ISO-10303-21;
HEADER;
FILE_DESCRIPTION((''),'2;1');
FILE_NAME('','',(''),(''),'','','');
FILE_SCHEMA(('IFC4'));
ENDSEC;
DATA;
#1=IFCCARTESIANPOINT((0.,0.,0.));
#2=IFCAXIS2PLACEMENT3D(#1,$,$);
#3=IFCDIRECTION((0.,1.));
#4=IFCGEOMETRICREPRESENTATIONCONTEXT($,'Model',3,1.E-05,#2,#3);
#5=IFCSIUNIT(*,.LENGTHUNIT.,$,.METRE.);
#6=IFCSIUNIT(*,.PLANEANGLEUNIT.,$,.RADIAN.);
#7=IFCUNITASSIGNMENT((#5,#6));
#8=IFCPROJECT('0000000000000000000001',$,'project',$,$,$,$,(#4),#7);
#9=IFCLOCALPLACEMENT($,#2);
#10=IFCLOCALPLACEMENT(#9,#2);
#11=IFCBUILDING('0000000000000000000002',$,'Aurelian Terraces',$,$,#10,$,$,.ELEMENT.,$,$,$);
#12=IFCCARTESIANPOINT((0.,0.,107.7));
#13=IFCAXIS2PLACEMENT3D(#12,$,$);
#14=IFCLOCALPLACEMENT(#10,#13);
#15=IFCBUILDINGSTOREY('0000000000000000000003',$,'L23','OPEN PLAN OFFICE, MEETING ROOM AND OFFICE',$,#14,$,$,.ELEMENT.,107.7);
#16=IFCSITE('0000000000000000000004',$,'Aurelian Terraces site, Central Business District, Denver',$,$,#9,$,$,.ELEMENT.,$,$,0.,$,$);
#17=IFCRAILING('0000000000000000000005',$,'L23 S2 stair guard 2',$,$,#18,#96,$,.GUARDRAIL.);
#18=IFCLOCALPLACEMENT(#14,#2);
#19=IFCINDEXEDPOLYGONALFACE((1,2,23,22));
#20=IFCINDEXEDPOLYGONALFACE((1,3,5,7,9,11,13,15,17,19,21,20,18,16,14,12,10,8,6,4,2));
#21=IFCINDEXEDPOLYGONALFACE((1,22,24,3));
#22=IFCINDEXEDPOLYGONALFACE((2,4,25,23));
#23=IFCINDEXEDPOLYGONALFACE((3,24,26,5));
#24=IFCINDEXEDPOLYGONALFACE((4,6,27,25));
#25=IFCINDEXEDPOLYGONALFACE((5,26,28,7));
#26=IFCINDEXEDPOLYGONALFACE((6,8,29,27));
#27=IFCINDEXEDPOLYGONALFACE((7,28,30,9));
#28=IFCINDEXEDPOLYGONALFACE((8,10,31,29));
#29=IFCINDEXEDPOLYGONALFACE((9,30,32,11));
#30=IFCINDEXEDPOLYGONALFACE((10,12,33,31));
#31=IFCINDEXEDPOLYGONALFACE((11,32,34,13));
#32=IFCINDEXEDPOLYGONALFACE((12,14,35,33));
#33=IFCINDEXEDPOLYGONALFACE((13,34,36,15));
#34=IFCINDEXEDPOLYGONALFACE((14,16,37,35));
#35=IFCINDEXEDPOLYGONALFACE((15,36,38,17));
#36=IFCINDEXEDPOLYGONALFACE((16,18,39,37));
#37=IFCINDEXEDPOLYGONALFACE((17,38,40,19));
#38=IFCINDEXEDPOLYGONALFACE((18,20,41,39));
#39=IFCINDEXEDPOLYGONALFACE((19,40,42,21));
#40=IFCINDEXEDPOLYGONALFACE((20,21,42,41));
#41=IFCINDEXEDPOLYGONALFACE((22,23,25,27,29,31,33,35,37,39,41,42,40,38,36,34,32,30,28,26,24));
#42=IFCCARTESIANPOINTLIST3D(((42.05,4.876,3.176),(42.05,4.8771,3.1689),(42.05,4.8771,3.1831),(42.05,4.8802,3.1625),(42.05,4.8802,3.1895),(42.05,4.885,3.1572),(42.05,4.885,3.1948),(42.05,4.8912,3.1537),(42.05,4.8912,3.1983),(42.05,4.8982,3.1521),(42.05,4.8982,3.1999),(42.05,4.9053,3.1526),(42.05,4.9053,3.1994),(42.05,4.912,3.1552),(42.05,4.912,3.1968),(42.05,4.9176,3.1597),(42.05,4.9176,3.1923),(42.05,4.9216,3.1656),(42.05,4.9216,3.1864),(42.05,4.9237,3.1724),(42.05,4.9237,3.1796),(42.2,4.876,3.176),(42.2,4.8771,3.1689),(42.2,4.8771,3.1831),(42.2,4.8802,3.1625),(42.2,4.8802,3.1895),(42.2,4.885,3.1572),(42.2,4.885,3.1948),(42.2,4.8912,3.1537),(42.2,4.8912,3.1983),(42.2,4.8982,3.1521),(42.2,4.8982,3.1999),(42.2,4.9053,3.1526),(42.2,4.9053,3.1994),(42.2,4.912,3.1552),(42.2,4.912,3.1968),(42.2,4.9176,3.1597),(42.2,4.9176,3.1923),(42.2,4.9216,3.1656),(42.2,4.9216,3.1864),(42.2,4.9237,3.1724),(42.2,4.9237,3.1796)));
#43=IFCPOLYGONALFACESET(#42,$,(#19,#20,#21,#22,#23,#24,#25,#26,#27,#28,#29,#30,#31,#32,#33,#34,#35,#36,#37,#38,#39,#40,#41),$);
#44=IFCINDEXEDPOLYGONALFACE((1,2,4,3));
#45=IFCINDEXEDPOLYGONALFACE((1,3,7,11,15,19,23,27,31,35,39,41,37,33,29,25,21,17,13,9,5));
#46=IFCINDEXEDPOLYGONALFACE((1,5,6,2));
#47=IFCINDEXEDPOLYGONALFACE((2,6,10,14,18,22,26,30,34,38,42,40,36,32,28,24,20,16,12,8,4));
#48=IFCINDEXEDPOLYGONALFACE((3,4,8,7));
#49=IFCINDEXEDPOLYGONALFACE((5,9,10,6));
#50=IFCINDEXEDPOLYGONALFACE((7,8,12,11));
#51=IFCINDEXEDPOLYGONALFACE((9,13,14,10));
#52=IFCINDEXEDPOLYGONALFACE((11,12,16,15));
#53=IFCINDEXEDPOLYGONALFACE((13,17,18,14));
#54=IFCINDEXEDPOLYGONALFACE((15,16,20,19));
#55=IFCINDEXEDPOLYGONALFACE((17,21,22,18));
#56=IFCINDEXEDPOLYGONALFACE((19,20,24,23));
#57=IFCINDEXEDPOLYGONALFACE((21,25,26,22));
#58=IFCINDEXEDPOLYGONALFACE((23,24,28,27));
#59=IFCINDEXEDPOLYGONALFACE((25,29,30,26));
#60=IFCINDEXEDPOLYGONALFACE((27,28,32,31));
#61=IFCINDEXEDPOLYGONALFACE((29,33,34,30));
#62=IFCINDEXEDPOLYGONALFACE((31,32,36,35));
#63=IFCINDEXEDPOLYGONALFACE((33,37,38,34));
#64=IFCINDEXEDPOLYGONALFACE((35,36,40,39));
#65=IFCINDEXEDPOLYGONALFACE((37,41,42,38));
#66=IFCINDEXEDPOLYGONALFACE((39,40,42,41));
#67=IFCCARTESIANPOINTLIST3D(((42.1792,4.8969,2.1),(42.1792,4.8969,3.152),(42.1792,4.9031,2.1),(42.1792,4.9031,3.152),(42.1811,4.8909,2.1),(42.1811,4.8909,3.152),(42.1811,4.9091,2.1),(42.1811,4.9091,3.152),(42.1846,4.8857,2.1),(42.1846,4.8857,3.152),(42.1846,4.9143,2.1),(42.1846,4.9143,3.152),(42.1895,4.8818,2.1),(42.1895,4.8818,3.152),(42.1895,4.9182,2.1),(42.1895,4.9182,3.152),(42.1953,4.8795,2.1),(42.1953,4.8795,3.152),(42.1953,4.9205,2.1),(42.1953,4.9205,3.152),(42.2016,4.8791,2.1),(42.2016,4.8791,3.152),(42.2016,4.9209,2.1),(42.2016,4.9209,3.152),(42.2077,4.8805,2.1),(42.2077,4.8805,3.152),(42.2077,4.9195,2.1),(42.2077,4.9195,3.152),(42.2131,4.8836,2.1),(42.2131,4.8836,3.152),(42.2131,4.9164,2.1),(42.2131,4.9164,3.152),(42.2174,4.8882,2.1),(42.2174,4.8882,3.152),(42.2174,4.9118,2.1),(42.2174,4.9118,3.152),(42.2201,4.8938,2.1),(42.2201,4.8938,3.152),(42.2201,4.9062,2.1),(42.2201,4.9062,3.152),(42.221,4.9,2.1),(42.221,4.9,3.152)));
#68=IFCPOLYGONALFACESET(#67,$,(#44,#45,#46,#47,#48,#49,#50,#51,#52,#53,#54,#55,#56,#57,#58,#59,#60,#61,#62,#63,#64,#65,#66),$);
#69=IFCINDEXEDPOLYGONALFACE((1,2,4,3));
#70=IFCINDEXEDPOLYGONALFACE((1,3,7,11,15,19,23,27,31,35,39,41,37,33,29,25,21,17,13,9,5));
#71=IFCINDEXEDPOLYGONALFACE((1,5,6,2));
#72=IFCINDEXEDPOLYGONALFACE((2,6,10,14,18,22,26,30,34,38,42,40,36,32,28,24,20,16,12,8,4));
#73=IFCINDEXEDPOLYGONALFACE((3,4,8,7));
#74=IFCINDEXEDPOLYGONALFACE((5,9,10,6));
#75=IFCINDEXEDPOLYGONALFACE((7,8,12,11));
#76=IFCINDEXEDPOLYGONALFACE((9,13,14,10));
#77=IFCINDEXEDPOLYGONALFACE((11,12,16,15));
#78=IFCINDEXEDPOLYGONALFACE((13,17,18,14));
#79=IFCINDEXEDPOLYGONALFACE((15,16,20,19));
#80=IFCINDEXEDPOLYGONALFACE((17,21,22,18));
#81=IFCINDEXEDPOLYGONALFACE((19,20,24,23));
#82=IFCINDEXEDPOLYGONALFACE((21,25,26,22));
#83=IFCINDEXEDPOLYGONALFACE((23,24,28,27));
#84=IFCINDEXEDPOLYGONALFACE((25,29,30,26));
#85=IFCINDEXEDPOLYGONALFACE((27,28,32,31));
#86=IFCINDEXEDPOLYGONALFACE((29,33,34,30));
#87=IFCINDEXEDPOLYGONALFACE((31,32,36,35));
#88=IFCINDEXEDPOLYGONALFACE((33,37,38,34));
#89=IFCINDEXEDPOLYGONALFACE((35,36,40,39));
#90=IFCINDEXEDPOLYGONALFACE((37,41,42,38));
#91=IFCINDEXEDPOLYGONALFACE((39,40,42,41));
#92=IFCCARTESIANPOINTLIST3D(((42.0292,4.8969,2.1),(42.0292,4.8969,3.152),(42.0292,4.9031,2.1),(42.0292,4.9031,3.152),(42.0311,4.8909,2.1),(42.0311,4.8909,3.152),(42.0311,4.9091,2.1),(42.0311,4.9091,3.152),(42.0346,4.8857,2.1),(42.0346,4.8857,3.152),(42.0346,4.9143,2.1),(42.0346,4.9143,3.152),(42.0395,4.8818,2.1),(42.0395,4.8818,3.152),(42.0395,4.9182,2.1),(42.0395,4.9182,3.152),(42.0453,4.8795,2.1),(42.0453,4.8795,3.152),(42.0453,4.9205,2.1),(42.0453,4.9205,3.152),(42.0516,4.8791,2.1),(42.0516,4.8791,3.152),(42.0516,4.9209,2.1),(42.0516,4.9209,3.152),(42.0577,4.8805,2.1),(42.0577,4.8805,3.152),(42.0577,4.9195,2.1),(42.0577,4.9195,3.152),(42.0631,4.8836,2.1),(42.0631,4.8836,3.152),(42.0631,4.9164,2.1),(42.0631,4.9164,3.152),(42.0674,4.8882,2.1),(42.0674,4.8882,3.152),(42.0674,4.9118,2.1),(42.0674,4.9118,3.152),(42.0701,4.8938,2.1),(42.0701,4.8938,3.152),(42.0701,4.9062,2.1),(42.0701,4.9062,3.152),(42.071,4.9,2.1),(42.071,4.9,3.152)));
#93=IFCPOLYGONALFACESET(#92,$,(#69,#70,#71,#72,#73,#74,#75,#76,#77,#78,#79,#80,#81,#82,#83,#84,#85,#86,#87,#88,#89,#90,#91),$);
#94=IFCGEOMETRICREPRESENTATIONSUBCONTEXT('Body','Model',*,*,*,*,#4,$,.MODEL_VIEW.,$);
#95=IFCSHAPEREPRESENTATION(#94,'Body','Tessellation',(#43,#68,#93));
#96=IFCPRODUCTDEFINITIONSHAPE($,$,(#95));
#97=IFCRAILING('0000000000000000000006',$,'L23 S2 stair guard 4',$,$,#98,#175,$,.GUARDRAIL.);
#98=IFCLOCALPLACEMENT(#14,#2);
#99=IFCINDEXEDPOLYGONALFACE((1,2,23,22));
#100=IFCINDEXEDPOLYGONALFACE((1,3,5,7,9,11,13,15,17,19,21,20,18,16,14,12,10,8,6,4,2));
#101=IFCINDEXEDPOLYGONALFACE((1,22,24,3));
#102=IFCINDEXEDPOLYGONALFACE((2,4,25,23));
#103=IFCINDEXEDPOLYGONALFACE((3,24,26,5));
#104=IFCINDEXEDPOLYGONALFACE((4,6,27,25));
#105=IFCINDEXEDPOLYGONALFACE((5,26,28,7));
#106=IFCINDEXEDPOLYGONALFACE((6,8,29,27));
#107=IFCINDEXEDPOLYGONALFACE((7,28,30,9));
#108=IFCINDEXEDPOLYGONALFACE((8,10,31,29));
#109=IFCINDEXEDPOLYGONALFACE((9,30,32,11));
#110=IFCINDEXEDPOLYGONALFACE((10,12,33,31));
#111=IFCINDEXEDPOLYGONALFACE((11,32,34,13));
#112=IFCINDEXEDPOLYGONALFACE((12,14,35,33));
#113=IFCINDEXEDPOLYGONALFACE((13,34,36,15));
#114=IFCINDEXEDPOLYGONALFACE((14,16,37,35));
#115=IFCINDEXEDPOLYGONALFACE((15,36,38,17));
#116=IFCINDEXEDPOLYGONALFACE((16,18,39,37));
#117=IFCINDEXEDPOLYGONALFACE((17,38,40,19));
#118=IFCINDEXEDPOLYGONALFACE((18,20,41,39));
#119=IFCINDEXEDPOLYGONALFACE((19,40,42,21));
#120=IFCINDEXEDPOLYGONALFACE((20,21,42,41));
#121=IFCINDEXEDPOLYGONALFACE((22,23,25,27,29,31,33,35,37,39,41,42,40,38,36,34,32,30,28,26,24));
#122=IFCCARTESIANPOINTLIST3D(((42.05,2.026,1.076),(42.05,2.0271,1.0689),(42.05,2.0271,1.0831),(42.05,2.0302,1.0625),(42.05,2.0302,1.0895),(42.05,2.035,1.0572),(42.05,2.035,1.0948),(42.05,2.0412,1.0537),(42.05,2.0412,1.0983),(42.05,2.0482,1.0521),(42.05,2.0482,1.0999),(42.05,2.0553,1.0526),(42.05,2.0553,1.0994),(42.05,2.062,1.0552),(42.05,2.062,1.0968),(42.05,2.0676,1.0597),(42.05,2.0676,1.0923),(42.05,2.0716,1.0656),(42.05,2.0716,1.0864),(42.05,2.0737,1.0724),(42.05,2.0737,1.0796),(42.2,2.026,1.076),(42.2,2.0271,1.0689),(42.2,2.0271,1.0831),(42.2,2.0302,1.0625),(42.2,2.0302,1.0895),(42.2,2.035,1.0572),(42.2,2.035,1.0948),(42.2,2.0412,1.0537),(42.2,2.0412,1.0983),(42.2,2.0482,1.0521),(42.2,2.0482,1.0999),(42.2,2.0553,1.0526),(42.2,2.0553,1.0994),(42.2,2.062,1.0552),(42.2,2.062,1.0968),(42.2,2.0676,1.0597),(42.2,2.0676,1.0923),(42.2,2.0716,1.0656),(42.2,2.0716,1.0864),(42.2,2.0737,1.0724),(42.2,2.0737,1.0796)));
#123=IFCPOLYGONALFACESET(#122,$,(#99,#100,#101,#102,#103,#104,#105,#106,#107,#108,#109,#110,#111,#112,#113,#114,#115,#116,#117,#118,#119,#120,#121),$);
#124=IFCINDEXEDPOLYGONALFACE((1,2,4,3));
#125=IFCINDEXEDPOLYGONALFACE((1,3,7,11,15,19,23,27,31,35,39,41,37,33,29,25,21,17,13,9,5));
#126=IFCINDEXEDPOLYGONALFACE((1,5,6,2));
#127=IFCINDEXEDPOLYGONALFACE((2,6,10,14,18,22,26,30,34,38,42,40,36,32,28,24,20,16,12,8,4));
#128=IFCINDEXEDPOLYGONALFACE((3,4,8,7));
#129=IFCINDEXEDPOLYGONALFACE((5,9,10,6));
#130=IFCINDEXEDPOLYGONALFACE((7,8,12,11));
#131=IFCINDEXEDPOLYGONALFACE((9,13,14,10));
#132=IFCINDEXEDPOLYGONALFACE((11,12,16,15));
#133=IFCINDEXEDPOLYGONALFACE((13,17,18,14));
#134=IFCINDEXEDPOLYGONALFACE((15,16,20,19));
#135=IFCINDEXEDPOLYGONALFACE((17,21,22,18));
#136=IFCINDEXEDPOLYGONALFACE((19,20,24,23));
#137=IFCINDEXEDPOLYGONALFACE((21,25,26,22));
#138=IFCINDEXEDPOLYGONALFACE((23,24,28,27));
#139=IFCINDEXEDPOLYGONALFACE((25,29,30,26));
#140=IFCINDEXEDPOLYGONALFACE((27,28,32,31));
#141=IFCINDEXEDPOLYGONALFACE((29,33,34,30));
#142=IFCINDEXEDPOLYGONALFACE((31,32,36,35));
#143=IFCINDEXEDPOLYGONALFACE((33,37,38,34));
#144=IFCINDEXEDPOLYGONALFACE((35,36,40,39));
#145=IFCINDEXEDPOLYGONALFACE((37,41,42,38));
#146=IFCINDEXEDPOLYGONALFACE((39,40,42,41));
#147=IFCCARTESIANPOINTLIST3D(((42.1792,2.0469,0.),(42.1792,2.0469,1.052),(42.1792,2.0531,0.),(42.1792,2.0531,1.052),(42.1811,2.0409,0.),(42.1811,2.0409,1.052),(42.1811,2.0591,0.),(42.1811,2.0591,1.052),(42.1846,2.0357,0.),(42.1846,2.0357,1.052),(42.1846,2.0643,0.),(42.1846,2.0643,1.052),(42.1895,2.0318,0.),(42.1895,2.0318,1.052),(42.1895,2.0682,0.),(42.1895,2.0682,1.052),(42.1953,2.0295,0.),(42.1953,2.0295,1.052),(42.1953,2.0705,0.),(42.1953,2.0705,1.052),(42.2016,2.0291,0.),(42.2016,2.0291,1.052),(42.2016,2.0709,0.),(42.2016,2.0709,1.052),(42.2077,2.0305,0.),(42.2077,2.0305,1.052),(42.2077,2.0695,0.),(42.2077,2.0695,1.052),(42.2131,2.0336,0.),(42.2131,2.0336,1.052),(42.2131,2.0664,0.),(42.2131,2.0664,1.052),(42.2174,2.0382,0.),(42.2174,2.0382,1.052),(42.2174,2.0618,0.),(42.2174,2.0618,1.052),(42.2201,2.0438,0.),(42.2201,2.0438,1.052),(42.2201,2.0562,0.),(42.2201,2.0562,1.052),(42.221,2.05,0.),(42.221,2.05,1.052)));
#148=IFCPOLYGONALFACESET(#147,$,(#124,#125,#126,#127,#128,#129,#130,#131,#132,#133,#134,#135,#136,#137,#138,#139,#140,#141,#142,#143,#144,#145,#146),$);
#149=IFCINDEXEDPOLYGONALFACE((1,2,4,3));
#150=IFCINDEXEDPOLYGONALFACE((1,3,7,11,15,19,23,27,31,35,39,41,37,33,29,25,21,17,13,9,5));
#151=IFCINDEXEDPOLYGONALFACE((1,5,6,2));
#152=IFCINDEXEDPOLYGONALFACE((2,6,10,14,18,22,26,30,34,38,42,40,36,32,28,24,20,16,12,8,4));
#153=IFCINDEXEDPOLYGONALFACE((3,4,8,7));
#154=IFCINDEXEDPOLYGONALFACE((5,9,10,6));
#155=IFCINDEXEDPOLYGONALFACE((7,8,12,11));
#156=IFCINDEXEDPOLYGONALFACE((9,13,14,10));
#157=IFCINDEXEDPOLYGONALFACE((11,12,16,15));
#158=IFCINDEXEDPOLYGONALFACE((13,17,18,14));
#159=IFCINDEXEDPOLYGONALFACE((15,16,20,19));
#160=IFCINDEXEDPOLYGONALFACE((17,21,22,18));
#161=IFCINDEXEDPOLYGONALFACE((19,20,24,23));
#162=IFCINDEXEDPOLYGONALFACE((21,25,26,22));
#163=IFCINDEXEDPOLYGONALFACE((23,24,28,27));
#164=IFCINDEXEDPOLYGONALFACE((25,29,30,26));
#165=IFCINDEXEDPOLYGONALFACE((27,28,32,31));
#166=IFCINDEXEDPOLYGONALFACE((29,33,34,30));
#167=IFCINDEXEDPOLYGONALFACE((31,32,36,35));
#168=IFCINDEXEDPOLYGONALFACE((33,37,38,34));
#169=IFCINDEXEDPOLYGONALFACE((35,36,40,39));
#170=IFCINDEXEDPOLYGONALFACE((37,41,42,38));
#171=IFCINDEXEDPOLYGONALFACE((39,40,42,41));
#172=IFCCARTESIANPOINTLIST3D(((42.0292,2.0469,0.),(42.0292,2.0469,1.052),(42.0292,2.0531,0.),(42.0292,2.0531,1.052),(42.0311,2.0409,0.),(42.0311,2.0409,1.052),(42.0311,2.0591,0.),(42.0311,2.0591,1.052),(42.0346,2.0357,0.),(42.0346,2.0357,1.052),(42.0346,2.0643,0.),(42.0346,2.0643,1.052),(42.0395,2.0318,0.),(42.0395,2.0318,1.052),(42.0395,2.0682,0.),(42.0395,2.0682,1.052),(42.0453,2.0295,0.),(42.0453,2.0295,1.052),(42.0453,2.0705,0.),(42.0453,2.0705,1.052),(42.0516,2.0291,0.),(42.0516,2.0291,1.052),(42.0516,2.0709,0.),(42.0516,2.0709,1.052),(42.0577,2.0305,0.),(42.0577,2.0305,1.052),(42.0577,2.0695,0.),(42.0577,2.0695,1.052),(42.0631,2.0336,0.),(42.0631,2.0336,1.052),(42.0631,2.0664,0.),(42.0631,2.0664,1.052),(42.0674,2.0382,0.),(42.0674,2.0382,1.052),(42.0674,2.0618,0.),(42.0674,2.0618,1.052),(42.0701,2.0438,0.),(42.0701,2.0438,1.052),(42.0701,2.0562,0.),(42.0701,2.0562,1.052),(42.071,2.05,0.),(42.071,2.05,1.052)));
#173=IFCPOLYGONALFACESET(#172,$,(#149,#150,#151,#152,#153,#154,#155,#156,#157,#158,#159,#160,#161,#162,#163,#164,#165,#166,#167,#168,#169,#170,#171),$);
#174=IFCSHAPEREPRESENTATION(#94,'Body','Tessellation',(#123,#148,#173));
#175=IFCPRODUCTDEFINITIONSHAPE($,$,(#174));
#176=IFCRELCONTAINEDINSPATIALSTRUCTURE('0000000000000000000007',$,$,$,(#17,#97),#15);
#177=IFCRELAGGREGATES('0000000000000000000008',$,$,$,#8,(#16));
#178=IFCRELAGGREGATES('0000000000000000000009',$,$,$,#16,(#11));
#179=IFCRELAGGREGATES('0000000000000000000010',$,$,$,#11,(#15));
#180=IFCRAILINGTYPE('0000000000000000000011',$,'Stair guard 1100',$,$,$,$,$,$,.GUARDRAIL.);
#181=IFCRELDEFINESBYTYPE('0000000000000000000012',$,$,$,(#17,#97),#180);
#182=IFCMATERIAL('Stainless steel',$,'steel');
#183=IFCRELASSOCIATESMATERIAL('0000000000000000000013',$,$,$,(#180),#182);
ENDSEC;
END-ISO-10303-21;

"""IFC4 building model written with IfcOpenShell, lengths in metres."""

from ifc_helpers import new_model, si_unit, direction, frame, origin, origin_2d, place, context, subcontext, project, spatial, circle, extrude, source, transform, mapped, material, type_object, element, save


model = new_model("IFC4")

# Units and contexts
model_context = context("Model", 3, precision=1e-05, world=origin(), true_north=direction((0.0, 1.0)))
body_context = subcontext(model_context, "Body", "Model", "MODEL_VIEW")
ifc_project = project(units=[si_unit("LENGTHUNIT", "METRE"), si_unit("PLANEANGLEUNIT", "RADIAN")], contexts=[model_context])

# Site, building, storey
site_placement = place(None, origin())
site = spatial("IfcSite", under=ifc_project, at=site_placement, Name="Aurelian Terraces site, Central Business District, Denver", CompositionType="ELEMENT", RefElevation=0.0)
building_placement = place(site_placement, origin())
building = spatial("IfcBuilding", under=site, at=building_placement, Name="Aurelian Terraces", CompositionType="ELEMENT")
storey_placement = place(building_placement, frame((0.0, 0.0, 107.7)))
storey = spatial("IfcBuildingStorey", under=building, at=storey_placement, Name="L23", Description="OPEN PLAN OFFICE, MEETING ROOM AND OFFICE", CompositionType="ELEMENT", Elevation=107.7)

# Railings
ifc_material_1 = material(Name="Stainless steel", Category="steel")
railing_type_1 = type_object("IfcRailingType", Name="Stair guard 1100", PredefinedType="GUARDRAIL", material=ifc_material_1)
shared_shape_1 = source(origin(), body_context, "Body", "SweptSolid", [
    extrude(circle(Radius=0.024, at=origin_2d()), frame((0.0, 0.0, 1.076), z_axis=(-1.0, 0.0, 0.0), x_axis=(0.0, -1.0, 0.0)), (0.0, 0.0, 1.0), 0.15),
    extrude(circle(Radius=0.021, at=origin_2d()), origin(), (0.0, 0.0, 1.0), 1.052),
    extrude(circle(Radius=0.021, at=origin_2d()), frame((-0.15, 0.0, 0.0)), (0.0, 0.0, 1.0), 1.052),
])
for number, where, name in (
    (1, (42.2, 4.9, 2.1), "L23 S2 stair guard 2"),
    (2, (42.2, 2.05, 0.0), "L23 S2 stair guard 4"),
):
    element("IfcRailing", number, at=place(storey_placement, frame(where)), inside=storey, type_object=railing_type_1, Name=name, PredefinedType="GUARDRAIL", context=body_context, shape_type="MappedRepresentation", body=[
        mapped(shared_shape_1, transform((0.0, 0.0, 0.0), scale=1.0)),
    ])

save(model, "model.ifc")
